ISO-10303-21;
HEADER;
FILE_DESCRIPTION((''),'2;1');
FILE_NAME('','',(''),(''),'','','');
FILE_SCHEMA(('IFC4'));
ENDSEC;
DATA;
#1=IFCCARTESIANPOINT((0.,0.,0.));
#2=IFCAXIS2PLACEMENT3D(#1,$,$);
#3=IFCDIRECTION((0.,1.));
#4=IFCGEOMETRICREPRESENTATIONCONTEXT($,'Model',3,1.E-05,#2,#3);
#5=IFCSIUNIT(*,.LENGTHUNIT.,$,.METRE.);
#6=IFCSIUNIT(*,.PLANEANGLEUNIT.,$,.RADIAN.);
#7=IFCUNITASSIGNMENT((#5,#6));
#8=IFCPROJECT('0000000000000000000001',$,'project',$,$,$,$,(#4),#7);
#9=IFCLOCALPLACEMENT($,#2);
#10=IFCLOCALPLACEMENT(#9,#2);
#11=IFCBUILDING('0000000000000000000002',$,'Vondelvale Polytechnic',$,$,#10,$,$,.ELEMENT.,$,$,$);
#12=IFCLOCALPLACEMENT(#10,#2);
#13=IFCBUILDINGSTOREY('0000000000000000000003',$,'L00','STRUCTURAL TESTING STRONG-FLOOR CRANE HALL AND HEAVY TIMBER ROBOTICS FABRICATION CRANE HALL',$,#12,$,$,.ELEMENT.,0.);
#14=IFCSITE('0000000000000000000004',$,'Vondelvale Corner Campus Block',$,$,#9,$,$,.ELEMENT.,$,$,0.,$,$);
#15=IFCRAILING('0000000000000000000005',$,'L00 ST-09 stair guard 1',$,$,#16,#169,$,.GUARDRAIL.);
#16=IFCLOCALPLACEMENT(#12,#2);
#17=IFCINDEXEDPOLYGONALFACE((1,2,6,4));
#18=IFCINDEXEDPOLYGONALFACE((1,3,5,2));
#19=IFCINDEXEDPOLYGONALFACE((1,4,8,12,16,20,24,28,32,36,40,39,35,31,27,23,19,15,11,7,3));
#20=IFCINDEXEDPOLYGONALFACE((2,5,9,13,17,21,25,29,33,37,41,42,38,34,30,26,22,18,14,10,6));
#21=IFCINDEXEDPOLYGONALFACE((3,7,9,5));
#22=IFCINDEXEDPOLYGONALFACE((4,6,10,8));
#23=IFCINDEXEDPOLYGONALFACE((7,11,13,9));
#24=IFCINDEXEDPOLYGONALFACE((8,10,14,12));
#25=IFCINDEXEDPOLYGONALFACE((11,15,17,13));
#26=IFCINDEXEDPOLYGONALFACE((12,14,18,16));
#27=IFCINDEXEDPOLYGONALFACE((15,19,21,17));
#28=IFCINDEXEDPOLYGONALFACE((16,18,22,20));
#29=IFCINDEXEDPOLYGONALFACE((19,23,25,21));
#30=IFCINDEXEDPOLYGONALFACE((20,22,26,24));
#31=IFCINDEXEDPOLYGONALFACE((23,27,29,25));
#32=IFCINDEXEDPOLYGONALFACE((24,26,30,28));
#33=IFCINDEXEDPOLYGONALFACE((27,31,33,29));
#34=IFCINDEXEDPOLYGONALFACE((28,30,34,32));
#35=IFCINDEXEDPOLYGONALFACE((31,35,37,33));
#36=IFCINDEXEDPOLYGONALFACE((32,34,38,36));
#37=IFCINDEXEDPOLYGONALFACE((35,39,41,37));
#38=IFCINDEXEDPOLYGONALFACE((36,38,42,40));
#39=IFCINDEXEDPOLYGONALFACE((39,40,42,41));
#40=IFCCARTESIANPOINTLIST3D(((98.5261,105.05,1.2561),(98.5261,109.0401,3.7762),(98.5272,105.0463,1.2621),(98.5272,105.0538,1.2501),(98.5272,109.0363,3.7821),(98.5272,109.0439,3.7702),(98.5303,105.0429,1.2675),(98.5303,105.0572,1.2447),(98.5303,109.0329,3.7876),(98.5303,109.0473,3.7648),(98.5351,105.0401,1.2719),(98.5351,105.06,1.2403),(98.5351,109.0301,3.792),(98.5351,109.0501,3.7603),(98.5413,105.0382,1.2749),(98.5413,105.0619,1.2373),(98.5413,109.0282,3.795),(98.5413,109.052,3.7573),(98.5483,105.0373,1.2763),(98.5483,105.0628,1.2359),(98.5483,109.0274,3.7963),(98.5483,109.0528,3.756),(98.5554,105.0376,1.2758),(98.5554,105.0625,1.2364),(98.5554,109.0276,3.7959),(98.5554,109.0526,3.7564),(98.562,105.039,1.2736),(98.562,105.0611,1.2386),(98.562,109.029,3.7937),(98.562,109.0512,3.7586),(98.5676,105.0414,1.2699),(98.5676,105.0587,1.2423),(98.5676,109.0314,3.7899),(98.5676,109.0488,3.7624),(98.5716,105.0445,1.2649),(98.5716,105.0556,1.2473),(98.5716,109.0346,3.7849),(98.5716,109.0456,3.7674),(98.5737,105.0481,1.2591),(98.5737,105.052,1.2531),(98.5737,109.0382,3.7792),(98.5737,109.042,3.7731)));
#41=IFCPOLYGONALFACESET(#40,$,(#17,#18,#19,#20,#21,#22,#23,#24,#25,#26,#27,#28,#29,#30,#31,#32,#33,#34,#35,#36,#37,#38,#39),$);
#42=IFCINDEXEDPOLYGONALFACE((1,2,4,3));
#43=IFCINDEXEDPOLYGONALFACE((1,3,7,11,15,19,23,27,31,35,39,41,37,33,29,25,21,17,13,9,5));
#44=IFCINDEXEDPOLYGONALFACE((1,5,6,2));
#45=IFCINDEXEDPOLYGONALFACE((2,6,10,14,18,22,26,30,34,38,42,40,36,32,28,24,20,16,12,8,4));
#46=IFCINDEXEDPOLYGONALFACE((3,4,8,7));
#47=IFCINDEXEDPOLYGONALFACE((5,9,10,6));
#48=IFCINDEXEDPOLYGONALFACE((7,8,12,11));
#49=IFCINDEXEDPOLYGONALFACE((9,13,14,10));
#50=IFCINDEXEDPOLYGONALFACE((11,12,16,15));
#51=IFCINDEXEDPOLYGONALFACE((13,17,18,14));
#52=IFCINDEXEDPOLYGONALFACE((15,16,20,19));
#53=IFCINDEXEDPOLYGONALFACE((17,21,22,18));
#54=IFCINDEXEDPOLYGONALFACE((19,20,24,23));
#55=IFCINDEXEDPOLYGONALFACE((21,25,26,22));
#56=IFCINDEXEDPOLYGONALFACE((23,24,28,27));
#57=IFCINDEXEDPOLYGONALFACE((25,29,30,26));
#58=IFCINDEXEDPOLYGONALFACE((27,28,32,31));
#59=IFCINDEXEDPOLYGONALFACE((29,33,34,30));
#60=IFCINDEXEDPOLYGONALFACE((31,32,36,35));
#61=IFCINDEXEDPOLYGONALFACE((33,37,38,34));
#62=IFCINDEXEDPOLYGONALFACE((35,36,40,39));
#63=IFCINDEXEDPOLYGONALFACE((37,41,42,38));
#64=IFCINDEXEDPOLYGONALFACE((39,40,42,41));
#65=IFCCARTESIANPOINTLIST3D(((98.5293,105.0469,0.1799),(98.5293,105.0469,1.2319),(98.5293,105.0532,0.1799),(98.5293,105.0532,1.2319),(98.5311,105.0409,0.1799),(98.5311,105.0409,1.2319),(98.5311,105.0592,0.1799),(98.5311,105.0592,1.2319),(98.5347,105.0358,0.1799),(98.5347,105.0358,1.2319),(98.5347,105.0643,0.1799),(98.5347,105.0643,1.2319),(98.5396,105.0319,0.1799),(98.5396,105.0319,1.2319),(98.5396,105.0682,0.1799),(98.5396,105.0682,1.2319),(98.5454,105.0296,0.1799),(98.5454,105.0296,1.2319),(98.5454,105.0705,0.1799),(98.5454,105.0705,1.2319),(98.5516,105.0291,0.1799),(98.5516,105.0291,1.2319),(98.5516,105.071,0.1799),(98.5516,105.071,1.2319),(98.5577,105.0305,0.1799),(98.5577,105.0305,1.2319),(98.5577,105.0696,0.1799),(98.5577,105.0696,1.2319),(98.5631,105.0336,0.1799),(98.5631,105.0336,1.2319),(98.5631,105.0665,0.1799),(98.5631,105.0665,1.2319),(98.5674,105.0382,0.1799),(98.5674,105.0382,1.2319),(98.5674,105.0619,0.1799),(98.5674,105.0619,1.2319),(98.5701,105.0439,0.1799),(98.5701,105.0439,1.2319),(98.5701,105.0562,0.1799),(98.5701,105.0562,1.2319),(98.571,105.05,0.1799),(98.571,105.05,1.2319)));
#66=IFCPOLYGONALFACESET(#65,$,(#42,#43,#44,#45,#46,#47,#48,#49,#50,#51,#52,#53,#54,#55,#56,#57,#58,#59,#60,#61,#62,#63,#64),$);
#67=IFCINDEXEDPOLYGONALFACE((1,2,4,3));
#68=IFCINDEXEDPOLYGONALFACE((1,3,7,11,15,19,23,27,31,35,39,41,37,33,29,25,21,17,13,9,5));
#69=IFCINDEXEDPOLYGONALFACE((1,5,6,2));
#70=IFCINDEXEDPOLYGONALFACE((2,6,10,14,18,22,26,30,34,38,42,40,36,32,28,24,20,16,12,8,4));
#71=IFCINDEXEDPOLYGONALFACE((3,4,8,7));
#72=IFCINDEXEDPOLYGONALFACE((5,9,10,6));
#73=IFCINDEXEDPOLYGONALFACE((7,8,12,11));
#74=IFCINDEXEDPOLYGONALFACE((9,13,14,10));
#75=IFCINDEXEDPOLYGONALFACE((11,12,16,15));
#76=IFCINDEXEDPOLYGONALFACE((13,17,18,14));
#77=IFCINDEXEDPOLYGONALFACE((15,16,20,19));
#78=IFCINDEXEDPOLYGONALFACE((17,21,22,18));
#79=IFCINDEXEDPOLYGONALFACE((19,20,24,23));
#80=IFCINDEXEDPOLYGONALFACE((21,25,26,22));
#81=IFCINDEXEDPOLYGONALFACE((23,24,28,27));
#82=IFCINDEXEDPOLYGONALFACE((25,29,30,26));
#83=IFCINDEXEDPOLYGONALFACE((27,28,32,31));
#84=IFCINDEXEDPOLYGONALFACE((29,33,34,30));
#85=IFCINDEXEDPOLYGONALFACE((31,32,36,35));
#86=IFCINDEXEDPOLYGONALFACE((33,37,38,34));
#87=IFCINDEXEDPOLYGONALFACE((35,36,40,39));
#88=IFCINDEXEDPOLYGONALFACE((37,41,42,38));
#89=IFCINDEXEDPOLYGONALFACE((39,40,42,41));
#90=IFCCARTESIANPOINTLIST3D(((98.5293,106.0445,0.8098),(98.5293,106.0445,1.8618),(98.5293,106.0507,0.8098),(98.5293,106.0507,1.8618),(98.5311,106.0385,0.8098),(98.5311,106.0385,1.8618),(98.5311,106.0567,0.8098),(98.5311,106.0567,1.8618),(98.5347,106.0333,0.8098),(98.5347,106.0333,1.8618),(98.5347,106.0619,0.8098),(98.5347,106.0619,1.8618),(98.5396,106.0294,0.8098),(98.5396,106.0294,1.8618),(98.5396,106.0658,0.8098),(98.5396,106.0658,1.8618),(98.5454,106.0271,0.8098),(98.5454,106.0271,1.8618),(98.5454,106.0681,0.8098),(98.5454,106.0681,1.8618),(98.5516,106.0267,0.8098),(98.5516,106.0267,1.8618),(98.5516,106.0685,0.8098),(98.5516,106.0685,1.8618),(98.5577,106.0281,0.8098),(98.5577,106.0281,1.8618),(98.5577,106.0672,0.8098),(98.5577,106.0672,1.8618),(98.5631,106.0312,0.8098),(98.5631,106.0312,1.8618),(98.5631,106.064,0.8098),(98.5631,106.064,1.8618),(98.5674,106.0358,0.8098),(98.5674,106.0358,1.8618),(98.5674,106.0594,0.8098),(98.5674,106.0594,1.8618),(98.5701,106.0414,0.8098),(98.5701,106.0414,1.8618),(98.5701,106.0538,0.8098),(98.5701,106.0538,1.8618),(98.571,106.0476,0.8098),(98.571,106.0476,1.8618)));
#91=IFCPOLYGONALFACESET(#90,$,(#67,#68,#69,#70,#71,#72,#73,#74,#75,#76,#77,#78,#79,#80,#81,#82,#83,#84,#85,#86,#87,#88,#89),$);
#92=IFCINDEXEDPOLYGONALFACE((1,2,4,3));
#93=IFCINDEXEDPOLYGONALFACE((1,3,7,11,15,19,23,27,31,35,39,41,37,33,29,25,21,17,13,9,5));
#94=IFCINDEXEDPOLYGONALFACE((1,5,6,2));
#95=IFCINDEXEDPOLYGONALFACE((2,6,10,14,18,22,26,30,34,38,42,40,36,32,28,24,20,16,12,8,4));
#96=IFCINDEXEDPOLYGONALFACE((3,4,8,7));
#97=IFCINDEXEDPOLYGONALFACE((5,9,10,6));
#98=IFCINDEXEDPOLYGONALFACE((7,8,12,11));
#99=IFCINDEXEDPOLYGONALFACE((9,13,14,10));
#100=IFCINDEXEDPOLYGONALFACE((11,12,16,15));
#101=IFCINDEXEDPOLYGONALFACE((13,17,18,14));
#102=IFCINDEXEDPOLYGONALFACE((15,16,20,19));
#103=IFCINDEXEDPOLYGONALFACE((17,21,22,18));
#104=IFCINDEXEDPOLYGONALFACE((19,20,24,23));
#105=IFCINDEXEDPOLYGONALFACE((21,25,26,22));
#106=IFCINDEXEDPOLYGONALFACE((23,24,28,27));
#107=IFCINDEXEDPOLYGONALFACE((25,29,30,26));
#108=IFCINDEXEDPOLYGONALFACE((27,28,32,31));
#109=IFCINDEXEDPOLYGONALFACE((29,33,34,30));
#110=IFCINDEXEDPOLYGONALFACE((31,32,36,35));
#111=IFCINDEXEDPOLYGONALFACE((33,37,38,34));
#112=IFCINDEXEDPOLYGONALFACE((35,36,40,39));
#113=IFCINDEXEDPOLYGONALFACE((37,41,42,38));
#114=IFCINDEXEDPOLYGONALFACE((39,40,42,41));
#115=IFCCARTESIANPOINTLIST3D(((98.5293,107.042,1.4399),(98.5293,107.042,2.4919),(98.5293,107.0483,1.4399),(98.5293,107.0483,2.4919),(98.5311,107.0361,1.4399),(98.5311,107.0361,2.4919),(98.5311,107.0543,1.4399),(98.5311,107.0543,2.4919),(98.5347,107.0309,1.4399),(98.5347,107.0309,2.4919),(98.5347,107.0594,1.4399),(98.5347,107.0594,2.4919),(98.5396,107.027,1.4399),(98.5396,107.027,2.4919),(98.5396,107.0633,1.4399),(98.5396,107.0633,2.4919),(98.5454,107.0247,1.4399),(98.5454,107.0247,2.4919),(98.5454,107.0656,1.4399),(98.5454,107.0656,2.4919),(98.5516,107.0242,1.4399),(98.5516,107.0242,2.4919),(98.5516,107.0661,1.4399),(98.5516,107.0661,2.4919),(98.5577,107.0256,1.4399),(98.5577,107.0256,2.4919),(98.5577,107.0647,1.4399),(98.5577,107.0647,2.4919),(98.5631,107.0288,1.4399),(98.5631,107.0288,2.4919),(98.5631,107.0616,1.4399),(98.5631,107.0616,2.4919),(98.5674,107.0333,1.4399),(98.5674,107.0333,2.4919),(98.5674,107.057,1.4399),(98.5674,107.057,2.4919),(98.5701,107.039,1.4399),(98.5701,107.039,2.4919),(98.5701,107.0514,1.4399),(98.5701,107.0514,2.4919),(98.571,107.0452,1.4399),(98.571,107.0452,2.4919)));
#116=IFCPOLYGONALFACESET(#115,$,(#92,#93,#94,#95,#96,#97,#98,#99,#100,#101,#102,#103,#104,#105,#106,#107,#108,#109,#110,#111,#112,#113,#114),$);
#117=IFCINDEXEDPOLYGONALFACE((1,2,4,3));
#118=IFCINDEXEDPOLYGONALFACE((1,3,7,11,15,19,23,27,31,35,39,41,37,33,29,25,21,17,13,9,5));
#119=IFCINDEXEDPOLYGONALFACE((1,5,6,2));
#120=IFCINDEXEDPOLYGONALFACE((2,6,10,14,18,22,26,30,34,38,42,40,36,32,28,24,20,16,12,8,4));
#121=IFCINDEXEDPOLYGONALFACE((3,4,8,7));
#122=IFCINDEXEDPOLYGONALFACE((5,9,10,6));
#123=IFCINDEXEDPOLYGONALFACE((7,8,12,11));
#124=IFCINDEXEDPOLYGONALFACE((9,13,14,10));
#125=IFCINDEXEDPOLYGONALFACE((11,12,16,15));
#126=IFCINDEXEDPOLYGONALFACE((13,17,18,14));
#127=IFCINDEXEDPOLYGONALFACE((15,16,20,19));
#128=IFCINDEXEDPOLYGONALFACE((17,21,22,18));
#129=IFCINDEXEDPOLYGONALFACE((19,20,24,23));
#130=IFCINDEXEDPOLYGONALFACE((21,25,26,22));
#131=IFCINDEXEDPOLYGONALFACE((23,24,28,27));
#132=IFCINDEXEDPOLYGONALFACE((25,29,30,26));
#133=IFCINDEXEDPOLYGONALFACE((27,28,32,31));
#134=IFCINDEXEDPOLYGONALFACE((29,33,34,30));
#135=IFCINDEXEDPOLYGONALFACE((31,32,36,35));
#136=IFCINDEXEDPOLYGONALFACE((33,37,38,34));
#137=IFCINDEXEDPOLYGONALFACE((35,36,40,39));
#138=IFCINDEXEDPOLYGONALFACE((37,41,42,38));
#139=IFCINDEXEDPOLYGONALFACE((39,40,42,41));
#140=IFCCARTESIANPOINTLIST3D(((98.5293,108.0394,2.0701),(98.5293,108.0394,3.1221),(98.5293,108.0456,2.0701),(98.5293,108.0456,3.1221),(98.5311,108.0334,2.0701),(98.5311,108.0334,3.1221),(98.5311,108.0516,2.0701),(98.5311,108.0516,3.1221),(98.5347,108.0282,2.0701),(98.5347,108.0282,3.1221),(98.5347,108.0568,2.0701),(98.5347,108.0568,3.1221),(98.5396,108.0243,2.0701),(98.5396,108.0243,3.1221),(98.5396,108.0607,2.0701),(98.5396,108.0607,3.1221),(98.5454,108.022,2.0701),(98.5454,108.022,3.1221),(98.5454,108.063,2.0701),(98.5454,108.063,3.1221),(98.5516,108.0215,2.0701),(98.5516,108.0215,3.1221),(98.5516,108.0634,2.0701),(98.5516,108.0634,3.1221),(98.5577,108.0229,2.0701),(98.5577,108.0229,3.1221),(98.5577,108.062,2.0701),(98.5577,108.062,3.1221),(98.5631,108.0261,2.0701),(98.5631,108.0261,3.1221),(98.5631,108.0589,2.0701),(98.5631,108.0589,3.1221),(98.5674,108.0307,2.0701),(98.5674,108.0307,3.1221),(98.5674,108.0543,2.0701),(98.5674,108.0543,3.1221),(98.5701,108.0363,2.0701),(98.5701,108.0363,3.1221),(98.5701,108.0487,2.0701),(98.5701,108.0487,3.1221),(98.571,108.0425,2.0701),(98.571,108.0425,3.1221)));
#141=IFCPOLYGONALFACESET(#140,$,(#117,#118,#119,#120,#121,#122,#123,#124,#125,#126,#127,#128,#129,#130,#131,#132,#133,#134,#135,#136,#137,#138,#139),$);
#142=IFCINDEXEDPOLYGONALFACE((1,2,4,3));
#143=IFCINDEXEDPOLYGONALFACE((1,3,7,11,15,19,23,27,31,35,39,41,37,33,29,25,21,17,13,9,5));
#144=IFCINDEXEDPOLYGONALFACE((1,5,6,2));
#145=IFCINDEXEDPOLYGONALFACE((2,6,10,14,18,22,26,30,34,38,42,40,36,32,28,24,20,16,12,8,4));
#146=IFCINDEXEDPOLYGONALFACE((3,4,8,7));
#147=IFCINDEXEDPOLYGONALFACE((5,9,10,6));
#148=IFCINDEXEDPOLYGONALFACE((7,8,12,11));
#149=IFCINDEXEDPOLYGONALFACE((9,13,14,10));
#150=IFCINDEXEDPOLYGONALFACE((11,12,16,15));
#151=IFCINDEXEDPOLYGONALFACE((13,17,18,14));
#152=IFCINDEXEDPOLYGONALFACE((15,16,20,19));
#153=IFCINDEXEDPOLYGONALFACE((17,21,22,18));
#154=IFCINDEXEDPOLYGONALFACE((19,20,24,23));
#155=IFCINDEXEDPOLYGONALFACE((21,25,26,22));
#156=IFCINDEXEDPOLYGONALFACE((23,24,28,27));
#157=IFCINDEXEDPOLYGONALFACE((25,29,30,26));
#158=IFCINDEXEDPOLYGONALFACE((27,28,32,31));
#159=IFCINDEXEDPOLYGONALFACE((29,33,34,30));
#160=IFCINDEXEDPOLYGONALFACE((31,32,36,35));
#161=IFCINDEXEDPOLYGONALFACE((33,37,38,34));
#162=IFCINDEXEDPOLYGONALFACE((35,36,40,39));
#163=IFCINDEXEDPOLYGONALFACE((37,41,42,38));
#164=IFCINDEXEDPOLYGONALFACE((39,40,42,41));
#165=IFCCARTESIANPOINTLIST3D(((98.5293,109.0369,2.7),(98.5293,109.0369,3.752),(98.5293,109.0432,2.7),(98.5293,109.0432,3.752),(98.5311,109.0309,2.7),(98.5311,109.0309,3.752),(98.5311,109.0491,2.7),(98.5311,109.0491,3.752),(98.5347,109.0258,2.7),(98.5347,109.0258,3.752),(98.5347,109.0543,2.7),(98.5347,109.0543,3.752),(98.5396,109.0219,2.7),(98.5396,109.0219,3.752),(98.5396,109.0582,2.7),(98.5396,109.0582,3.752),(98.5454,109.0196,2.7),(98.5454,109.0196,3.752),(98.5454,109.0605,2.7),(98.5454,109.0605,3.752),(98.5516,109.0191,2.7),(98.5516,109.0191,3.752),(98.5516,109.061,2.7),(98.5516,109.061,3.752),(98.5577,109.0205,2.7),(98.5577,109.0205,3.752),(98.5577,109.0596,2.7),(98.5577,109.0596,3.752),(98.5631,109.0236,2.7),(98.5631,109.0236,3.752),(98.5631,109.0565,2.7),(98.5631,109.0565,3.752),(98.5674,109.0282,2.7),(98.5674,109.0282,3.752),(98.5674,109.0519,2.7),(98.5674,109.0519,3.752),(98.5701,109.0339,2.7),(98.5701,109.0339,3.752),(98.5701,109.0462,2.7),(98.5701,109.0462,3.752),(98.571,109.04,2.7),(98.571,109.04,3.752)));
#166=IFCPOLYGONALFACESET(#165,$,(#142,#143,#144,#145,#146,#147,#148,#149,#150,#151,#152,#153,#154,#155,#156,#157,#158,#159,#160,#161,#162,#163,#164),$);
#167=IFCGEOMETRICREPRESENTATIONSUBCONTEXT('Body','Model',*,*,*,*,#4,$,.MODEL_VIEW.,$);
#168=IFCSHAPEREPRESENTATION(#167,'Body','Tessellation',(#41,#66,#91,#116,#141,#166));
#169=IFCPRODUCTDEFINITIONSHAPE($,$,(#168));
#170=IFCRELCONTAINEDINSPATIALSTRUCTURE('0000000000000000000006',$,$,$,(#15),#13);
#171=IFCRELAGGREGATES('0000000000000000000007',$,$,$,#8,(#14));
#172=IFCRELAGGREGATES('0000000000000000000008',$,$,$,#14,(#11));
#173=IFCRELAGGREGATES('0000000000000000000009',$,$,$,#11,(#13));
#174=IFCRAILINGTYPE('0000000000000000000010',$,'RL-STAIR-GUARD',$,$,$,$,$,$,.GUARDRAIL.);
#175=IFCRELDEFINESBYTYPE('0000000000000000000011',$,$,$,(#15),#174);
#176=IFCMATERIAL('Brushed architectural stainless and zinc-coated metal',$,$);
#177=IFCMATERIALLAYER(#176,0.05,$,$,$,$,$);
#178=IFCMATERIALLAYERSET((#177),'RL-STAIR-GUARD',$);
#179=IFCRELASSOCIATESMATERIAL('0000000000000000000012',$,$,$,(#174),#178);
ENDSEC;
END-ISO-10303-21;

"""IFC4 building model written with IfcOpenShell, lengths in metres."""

from ifc_helpers import new_model, si_unit, direction, frame, origin, origin_2d, place, context, subcontext, project, spatial, circle, extrude, material, layer, layer_set, type_object, element, save


model = new_model("IFC4")

# Units and contexts
model_context = context("Model", 3, precision=1e-05, world=origin(), true_north=direction((0.0, 1.0)))
body_context = subcontext(model_context, "Body", "Model", "MODEL_VIEW")
ifc_project = project(units=[si_unit("LENGTHUNIT", "METRE"), si_unit("PLANEANGLEUNIT", "RADIAN")], contexts=[model_context])

# Site, building, storey
site_placement = place(None, origin())
site = spatial("IfcSite", under=ifc_project, at=site_placement, Name="Vondelvale Corner Campus Block", CompositionType="ELEMENT", RefElevation=0.0)
building_placement = place(site_placement, origin())
building = spatial("IfcBuilding", under=site, at=building_placement, Name="Vondelvale Polytechnic", CompositionType="ELEMENT")
storey_placement = place(building_placement, origin())
storey = spatial("IfcBuildingStorey", under=building, at=storey_placement, Name="L00", Description="STRUCTURAL TESTING STRONG-FLOOR CRANE HALL AND HEAVY TIMBER ROBOTICS FABRICATION CRANE HALL", CompositionType="ELEMENT", Elevation=0.0)

# Railing
ifc_material_1 = material(Name="Brushed architectural stainless and zinc-coated metal")
ifc_layer_1 = layer(ifc_material_1, 0.05)
ifc_layer_set_1 = layer_set([ifc_layer_1], Name="RL-STAIR-GUARD")
railing_type_1 = type_object("IfcRailingType", Name="RL-STAIR-GUARD", PredefinedType="GUARDRAIL", material=ifc_layer_set_1)
railing_1_placement = place(storey_placement, frame((98.55, 105.05, 0.1799)))
element("IfcRailing", 1, at=railing_1_placement, inside=storey, type_object=railing_type_1, Name="L00 ST-09 stair guard 1", PredefinedType="GUARDRAIL", context=body_context, shape_type="SweptSolid", body=[
    extrude(circle(Radius=0.0239, at=origin_2d()), frame((0.0, 0.0, 1.0762), z_axis=(0.0, 0.845486, 0.533997), x_axis=(-1.0, 0.0, 0.0)), (0.0, 0.0, 1.0), 4.7192),
    extrude(circle(Radius=0.021, at=origin_2d()), origin(), (0.0, 0.0, 1.0), 1.052),
    extrude(circle(Radius=0.021, at=origin_2d()), frame((0.0, 0.9976, 0.6299)), (0.0, 0.0, 1.0), 1.052),
    extrude(circle(Radius=0.021, at=origin_2d()), frame((0.0, 1.9951, 1.26)), (0.0, 0.0, 1.0), 1.052),
    extrude(circle(Radius=0.021, at=origin_2d()), frame((0.0, 2.9924, 1.8901)), (0.0, 0.0, 1.0), 1.052),
    extrude(circle(Radius=0.021, at=origin_2d()), frame((0.0, 3.99, 2.52)), (0.0, 0.0, 1.0), 1.052),
])

save(model, "model.ifc")
